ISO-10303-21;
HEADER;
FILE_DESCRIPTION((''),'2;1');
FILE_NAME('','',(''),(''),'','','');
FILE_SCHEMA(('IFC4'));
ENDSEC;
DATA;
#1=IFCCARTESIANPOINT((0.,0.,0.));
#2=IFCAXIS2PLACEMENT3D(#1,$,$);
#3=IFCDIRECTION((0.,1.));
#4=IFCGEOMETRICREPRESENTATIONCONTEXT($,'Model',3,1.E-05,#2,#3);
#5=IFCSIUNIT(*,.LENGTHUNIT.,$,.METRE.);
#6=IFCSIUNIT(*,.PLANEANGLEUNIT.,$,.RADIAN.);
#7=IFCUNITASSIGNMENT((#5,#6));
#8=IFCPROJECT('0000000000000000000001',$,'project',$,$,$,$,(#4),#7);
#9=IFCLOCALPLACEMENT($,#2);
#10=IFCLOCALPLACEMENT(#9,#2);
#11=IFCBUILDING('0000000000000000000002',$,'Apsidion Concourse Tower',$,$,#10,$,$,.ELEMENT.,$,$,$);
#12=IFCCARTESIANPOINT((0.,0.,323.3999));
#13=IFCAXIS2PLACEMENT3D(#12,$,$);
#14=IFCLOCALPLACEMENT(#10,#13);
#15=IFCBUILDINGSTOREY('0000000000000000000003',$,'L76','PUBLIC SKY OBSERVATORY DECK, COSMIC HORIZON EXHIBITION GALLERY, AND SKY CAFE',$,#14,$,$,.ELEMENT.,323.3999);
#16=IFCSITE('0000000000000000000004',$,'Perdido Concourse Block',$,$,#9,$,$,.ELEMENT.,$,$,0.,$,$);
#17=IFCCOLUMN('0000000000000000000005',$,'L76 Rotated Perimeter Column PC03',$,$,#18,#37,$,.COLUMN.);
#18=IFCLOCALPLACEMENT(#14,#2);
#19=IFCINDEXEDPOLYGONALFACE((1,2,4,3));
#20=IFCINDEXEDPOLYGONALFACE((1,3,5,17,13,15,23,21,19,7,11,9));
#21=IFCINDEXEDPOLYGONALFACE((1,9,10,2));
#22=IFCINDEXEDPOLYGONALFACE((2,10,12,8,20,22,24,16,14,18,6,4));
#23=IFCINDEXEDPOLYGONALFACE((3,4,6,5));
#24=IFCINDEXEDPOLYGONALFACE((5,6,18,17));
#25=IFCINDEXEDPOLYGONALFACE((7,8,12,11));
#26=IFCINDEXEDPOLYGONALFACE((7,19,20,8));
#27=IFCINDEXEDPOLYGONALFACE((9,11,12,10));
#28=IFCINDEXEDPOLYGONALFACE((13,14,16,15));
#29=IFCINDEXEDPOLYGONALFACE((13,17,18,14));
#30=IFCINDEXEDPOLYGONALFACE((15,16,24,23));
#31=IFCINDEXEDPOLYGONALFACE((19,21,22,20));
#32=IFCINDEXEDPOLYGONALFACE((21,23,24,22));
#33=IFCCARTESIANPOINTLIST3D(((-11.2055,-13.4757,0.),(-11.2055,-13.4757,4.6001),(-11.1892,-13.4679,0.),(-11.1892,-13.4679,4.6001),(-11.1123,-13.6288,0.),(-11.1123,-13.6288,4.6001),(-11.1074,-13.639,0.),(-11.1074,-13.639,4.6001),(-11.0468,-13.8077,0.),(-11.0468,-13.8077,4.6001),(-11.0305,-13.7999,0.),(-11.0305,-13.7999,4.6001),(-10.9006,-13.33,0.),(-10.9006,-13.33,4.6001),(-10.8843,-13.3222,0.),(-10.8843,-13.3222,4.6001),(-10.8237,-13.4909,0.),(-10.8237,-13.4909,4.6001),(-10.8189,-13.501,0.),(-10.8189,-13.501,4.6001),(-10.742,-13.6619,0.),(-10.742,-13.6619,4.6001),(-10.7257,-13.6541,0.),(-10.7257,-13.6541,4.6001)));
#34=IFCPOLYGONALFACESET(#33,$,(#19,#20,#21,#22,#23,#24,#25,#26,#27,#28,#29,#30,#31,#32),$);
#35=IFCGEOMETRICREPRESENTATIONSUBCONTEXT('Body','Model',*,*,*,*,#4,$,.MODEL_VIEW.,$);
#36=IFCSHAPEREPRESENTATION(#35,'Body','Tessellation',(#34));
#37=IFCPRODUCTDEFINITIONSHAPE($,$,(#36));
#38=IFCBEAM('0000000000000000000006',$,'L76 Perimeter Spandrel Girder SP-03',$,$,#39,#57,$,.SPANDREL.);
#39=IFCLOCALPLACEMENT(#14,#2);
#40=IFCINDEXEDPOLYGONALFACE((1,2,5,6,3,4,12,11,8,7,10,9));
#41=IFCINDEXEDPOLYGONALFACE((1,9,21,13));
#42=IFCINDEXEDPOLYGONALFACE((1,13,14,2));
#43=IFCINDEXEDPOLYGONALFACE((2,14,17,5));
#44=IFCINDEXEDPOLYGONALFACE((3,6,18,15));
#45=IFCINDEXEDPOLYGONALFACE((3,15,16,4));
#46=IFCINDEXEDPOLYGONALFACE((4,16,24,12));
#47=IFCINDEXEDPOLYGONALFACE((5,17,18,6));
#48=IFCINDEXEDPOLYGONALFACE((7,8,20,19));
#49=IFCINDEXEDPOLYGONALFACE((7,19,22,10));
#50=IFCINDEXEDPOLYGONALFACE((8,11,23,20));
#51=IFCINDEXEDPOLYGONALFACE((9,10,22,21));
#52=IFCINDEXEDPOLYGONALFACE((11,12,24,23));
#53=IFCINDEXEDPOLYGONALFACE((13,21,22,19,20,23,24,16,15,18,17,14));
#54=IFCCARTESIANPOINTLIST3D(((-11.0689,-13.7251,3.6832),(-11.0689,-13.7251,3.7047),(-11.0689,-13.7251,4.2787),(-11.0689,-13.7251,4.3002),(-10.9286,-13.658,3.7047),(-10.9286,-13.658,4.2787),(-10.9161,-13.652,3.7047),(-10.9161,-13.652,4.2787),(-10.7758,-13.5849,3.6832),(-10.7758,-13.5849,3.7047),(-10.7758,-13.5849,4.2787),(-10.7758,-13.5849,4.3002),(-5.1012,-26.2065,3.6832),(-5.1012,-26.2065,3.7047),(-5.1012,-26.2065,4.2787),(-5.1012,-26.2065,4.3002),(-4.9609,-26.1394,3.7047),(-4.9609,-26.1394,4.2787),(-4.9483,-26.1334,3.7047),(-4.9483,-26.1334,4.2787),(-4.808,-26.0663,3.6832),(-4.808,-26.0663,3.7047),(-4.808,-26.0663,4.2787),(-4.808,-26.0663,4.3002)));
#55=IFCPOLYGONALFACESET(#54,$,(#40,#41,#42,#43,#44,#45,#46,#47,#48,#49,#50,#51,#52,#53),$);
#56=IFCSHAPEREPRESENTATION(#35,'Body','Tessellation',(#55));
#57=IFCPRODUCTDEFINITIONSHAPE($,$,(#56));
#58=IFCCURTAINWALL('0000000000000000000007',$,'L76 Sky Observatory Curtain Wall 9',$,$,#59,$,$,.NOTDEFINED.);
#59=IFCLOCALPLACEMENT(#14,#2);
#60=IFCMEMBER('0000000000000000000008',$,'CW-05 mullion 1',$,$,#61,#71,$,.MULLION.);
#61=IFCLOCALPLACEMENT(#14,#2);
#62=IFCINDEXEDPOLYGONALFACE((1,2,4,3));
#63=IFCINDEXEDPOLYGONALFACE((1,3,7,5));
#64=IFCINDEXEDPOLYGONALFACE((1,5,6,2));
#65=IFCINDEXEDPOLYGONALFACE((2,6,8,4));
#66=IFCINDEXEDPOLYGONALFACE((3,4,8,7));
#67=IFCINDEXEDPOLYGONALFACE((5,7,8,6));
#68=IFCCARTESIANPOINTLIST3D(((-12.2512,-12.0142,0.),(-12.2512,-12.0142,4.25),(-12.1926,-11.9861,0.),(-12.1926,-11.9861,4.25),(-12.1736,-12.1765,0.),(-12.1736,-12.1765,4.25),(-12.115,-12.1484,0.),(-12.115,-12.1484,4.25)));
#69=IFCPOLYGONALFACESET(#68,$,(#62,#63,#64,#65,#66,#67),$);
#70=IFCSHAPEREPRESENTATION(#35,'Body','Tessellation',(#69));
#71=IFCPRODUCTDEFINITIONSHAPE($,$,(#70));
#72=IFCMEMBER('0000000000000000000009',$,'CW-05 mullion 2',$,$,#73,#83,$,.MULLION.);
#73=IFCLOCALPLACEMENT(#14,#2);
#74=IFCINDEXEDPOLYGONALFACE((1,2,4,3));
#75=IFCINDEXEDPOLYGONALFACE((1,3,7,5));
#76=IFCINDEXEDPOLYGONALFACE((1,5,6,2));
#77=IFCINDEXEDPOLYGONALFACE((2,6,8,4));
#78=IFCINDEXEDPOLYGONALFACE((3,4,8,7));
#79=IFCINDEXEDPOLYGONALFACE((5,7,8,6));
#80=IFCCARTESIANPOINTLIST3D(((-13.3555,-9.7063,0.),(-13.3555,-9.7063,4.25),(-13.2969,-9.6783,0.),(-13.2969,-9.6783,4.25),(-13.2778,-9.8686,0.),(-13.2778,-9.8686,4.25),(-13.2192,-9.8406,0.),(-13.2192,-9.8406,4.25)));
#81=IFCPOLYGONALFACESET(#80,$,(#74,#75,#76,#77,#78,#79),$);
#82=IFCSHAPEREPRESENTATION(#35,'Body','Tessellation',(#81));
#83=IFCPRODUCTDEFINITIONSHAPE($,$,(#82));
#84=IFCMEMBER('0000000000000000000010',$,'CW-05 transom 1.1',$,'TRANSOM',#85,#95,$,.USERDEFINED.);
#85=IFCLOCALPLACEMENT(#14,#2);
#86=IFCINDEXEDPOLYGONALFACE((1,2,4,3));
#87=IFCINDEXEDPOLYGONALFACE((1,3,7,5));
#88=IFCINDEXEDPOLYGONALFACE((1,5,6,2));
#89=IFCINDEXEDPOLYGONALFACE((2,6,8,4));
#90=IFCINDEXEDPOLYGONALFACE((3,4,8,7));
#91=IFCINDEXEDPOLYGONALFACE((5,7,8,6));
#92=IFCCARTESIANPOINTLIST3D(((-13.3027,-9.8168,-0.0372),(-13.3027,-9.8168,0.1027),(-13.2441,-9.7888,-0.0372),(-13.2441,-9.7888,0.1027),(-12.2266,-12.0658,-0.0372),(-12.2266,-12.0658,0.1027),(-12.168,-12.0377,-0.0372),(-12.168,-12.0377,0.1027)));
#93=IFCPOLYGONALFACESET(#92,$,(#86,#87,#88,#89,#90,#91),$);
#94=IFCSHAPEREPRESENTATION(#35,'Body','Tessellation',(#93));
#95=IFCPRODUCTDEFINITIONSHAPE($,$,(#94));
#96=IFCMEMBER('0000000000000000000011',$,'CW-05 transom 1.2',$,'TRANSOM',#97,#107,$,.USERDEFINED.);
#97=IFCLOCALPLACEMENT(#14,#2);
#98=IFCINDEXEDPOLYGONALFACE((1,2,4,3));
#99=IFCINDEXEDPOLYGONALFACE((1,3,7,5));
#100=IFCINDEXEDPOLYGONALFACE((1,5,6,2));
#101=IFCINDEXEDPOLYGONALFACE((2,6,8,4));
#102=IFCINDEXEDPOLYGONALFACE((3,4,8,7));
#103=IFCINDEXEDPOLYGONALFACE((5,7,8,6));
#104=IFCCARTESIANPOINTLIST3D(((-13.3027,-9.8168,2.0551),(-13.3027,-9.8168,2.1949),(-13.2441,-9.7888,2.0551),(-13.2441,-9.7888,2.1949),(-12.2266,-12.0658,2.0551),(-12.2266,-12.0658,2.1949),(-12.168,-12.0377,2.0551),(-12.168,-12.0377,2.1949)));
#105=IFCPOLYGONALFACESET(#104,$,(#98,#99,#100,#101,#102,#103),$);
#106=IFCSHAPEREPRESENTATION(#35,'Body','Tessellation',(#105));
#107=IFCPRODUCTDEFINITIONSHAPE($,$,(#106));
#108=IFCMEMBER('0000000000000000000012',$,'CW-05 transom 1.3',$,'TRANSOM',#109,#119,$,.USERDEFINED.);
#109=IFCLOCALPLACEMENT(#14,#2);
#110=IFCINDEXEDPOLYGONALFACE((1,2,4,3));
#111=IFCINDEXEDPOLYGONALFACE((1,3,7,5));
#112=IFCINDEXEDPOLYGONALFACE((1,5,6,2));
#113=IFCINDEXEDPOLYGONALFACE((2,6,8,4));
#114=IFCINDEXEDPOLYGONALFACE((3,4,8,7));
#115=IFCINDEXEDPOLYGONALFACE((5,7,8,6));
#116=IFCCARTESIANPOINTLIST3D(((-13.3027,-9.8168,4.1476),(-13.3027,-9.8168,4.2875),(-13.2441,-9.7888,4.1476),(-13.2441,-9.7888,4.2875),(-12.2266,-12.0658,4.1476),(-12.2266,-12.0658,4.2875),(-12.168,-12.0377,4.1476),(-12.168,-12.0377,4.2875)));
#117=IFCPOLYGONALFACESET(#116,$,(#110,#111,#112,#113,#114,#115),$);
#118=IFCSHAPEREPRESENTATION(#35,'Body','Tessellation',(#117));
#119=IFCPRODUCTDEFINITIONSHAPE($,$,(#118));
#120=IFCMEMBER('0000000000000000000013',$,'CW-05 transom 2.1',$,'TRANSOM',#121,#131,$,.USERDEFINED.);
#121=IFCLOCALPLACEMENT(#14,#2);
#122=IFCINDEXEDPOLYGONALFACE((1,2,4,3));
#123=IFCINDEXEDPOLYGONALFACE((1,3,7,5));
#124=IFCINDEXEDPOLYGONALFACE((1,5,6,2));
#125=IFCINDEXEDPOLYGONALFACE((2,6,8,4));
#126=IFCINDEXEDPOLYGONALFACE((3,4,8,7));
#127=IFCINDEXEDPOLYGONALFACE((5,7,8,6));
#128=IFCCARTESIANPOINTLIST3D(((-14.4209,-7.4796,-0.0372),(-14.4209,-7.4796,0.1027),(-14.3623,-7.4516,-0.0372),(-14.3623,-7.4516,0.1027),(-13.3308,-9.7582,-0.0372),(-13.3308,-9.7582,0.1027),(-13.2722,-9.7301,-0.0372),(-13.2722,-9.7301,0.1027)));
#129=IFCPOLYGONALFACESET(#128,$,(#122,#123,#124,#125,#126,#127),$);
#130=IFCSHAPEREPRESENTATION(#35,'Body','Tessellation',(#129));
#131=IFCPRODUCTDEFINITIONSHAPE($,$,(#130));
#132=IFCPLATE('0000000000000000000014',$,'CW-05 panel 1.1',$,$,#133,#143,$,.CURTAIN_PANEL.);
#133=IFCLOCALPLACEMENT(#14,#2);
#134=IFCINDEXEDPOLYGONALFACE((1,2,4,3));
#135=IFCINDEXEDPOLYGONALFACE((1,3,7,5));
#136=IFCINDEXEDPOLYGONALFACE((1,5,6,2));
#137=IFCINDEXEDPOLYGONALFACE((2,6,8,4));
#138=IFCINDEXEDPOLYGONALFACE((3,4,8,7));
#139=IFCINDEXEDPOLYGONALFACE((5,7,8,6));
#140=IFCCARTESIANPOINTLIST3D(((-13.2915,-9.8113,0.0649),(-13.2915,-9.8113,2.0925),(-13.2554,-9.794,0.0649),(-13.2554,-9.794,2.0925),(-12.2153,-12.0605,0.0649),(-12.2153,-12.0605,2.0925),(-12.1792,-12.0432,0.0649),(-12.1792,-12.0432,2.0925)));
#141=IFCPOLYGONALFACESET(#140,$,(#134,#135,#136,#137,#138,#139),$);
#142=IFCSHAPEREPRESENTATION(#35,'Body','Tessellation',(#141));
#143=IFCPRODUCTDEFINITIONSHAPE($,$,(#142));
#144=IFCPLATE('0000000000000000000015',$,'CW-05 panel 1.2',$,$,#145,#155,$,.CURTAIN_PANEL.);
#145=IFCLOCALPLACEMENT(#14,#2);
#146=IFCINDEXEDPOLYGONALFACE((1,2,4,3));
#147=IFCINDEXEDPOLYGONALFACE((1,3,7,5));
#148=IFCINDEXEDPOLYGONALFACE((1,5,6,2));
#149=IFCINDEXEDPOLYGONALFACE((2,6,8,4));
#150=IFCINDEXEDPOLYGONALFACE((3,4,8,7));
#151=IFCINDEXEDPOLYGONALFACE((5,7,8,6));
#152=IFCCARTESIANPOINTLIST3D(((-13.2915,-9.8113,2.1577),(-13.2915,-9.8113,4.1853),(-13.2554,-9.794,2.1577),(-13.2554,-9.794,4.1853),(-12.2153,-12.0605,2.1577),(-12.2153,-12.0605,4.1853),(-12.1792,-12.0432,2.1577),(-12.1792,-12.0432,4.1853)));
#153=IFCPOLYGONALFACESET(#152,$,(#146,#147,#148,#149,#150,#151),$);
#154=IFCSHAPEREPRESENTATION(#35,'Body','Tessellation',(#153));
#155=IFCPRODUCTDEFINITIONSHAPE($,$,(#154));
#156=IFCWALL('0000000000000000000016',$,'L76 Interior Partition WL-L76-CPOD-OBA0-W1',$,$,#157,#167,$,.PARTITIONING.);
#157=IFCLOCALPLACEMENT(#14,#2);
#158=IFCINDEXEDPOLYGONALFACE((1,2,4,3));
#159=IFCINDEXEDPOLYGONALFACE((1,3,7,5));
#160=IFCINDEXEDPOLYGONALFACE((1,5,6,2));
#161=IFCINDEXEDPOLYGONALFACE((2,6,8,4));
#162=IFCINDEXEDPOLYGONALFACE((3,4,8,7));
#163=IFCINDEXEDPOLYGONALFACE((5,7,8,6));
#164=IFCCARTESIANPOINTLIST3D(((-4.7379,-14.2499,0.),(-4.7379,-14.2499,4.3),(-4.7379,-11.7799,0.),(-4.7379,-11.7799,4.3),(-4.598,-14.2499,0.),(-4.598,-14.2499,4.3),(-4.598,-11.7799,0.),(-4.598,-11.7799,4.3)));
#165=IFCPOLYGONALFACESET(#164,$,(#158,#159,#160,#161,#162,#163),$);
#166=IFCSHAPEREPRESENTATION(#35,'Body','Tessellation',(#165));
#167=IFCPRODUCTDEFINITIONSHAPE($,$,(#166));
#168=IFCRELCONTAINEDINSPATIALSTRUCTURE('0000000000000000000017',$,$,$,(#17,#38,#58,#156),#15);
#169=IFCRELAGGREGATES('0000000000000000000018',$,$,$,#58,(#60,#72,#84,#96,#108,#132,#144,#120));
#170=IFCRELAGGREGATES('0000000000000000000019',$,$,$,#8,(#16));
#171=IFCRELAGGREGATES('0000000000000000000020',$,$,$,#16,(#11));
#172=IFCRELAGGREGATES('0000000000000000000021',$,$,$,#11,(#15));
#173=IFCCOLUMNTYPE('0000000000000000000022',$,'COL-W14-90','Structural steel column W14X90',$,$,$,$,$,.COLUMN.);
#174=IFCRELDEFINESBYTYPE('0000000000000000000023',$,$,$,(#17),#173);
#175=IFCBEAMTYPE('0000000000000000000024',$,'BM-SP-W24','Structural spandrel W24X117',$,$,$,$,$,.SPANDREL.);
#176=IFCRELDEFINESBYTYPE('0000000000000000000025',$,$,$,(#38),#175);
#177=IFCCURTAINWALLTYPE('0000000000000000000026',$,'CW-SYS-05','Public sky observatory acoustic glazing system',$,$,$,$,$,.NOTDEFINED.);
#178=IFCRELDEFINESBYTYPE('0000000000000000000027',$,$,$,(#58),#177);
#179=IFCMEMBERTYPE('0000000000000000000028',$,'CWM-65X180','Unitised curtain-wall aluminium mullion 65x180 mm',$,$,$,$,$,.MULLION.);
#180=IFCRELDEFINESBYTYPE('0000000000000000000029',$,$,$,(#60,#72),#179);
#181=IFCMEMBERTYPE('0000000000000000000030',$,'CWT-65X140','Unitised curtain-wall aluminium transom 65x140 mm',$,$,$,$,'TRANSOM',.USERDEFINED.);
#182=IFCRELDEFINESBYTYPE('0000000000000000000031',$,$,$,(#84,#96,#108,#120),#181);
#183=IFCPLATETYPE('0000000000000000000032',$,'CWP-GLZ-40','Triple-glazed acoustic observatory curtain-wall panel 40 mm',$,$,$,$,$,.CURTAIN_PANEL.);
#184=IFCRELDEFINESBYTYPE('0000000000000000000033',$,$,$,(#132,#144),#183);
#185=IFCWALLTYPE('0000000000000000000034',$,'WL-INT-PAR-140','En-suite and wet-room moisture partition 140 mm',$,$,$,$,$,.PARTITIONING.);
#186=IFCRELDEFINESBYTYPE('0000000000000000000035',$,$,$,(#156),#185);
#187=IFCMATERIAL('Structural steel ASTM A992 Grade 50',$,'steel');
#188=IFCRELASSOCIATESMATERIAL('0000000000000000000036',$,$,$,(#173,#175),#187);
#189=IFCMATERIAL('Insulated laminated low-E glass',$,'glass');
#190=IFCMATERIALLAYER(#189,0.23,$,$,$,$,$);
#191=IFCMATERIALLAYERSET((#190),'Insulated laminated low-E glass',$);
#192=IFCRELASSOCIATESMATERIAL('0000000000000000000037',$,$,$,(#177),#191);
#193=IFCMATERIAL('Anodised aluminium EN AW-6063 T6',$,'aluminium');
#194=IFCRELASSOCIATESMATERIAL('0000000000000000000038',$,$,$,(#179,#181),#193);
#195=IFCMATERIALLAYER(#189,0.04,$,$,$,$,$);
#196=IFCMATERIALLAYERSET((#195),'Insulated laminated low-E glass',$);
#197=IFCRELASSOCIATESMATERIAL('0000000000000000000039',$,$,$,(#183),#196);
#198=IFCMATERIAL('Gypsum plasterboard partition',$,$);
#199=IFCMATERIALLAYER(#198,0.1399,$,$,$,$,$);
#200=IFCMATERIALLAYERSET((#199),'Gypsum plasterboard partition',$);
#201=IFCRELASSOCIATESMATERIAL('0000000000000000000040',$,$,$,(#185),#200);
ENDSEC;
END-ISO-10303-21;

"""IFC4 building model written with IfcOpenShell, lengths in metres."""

from ifc_helpers import new_model, si_unit, direction, frame, frame_2d, origin, origin_2d, place, context, subcontext, project, spatial, rectangle, i_section, extrude, material, layer, layer_set, material_profile, profile_set, type_object, element, aggregate, save


model = new_model("IFC4")

# Units and contexts
model_context = context("Model", 3, precision=1e-05, world=origin(), true_north=direction((0.0, 1.0)))
body_context = subcontext(model_context, "Body", "Model", "MODEL_VIEW")
ifc_project = project(units=[si_unit("LENGTHUNIT", "METRE"), si_unit("PLANEANGLEUNIT", "RADIAN")], contexts=[model_context])

# Site, building, storey
site_placement = place(None, origin())
site = spatial("IfcSite", under=ifc_project, at=site_placement, Name="Perdido Concourse Block", CompositionType="ELEMENT", RefElevation=0.0)
building_placement = place(site_placement, origin())
building = spatial("IfcBuilding", under=site, at=building_placement, Name="Apsidion Concourse Tower", CompositionType="ELEMENT")
storey_placement = place(building_placement, frame((0.0, 0.0, 323.3999)))
storey = spatial("IfcBuildingStorey", under=building, at=storey_placement, Name="L76", Description="PUBLIC SKY OBSERVATORY DECK, COSMIC HORIZON EXHIBITION GALLERY, AND SKY CAFE", CompositionType="ELEMENT", Elevation=323.3999)

# Column
ifc_material_1 = material(Name="Structural steel ASTM A992 Grade 50", Category="steel")
ifc_material_profile_1 = material_profile(ifc_material_1, i_section(OverallWidth=0.3679, OverallDepth=0.356, WebThickness=0.0112, FlangeThickness=0.0181, at=origin_2d()), Name="W14X90")
ifc_profile_set_1 = profile_set([ifc_material_profile_1], Name="Structural steel ASTM A992 Grade 50")
column_type = type_object("IfcColumnType", Name="COL-W14-90", Description="Structural steel column W14X90", PredefinedType="COLUMN", material=ifc_profile_set_1)
column_placement = place(storey_placement, frame((-10.9656, -13.5649, 0.0), z_axis=(0.0, 0.0, 1.0), x_axis=(-0.431299, 0.902209, 0.0)))
element("IfcColumn", 1, at=column_placement, inside=storey, type_object=column_type, Name="L76 Rotated Perimeter Column PC03", PredefinedType="COLUMN", context=body_context, shape_type="SweptSolid", body=[
    extrude(i_section(OverallWidth=0.3679, OverallDepth=0.356, WebThickness=0.0112, FlangeThickness=0.0181, at=origin_2d()), origin(), (0.0, 0.0, 1.0), 4.6001),
])

# Beam
ifc_material_profile_2 = material_profile(ifc_material_1, i_section(OverallWidth=0.325, OverallDepth=0.6169, WebThickness=0.0139, FlangeThickness=0.0215, at=origin_2d()), Name="W24X117")
ifc_profile_set_2 = profile_set([ifc_material_profile_2], Name="Structural steel ASTM A992 Grade 50")
beam_type = type_object("IfcBeamType", Name="BM-SP-W24", Description="Structural spandrel W24X117", PredefinedType="SPANDREL", material=ifc_profile_set_2)
beam_placement = place(storey_placement, frame((-10.9224, -13.655, 3.9917), z_axis=(0.431361, -0.90218, 0.0), x_axis=(0.90218, 0.431361, 0.0)))
element("IfcBeam", 2, at=beam_placement, inside=storey, type_object=beam_type, Name="L76 Perimeter Spandrel Girder SP-03", PredefinedType="SPANDREL", context=body_context, shape_type="SweptSolid", body=[
    extrude(i_section(OverallWidth=0.325, OverallDepth=0.6169, WebThickness=0.0139, FlangeThickness=0.0215, at=origin_2d()), origin(), (0.0, 0.0, 1.0), 13.8347),
])

# Curtain wall, members, plates
ifc_material_2 = material(Name="Insulated laminated low-E glass", Category="glass")
ifc_layer_1 = layer(ifc_material_2, 0.23)
ifc_layer_set_1 = layer_set([ifc_layer_1], Name="Insulated laminated low-E glass")
curtain_wall_type = type_object("IfcCurtainWallType", Name="CW-SYS-05", Description="Public sky observatory acoustic glazing system", PredefinedType="NOTDEFINED", material=ifc_layer_set_1)
curtain_wall_placement = place(storey_placement, origin())
curtain_wall = element("IfcCurtainWall", 3, at=curtain_wall_placement, inside=storey, type_object=curtain_wall_type, Name="L76 Sky Observatory Curtain Wall 9", PredefinedType="NOTDEFINED")
ifc_material_3 = material(Name="Anodised aluminium EN AW-6063 T6", Category="aluminium")
ifc_material_profile_3 = material_profile(ifc_material_3, rectangle(XDim=0.0649, YDim=0.1799, at=origin_2d()), Name="ALU MULLION 65x180")
ifc_profile_set_3 = profile_set([ifc_material_profile_3], Name="Anodised aluminium EN AW-6063 T6")
member_type_1 = type_object("IfcMemberType", Name="CWM-65X180", Description="Unitised curtain-wall aluminium mullion 65x180 mm", PredefinedType="MULLION", material=ifc_profile_set_3)
member_1_placement = place(storey_placement, frame((-12.1831, -12.0813, 0.0), z_axis=(0.0, 0.0, 1.0), x_axis=(-0.902068, -0.431595, 0.0)))
member_1 = element("IfcMember", 4, at=member_1_placement, type_object=member_type_1, Name="CW-05 mullion 1", PredefinedType="MULLION", context=body_context, shape_type="SweptSolid", body=[
    extrude(rectangle(XDim=0.0649, YDim=0.1799, at=origin_2d()), origin(), (0.0, 0.0, 1.0), 4.25),
])
member_2_placement = place(storey_placement, frame((-13.2874, -9.7734, 0.0), z_axis=(0.0, 0.0, 1.0), x_axis=(-0.902068, -0.431595, 0.0)))
member_2 = element("IfcMember", 5, at=member_2_placement, type_object=member_type_1, Name="CW-05 mullion 2", PredefinedType="MULLION", context=body_context, shape_type="SweptSolid", body=[
    extrude(rectangle(XDim=0.0649, YDim=0.1799, at=origin_2d()), origin(), (0.0, 0.0, 1.0), 4.25),
])
ifc_material_profile_4 = material_profile(ifc_material_3, rectangle(XDim=0.0649, YDim=0.1399, at=origin_2d()), Name="ALU TRANSOM 65x140")
ifc_profile_set_4 = profile_set([ifc_material_profile_4], Name="Anodised aluminium EN AW-6063 T6")
member_type_2 = type_object("IfcMemberType", Name="CWT-65X140", Description="Unitised curtain-wall aluminium transom 65x140 mm", ElementType="TRANSOM", PredefinedType="USERDEFINED", material=ifc_profile_set_4)
member_3_placement = place(storey_placement, frame((-12.1973, -12.0518, 0.0327), z_axis=(-0.431636, 0.902048, 0.0), x_axis=(-0.902048, -0.431636, 0.0)))
member_3 = element("IfcMember", 6, at=member_3_placement, type_object=member_type_2, Name="CW-05 transom 1.1", ObjectType="TRANSOM", PredefinedType="USERDEFINED", context=body_context, shape_type="SweptSolid", body=[
    extrude(rectangle(XDim=0.0649, YDim=0.1399, at=origin_2d()), origin(), (0.0, 0.0, 1.0), 2.4932),
])
member_4_placement = place(storey_placement, frame((-12.1973, -12.0518, 2.125), z_axis=(-0.431636, 0.902048, 0.0), x_axis=(-0.902048, -0.431636, 0.0)))
member_4 = element("IfcMember", 7, at=member_4_placement, type_object=member_type_2, Name="CW-05 transom 1.2", ObjectType="TRANSOM", PredefinedType="USERDEFINED", context=body_context, shape_type="SweptSolid", body=[
    extrude(rectangle(XDim=0.0649, YDim=0.1399, at=origin_2d()), origin(), (0.0, 0.0, 1.0), 2.4932),
])
member_5_placement = place(storey_placement, frame((-12.1973, -12.0518, 4.2175), z_axis=(-0.431636, 0.902048, 0.0), x_axis=(-0.902048, -0.431636, 0.0)))
member_5 = element("IfcMember", 8, at=member_5_placement, type_object=member_type_2, Name="CW-05 transom 1.3", ObjectType="TRANSOM", PredefinedType="USERDEFINED", context=body_context, shape_type="SweptSolid", body=[
    extrude(rectangle(XDim=0.0649, YDim=0.1399, at=origin_2d()), origin(), (0.0, 0.0, 1.0), 2.4932),
])
member_6_placement = place(storey_placement, frame((-13.3015, -9.7441, 0.0327), z_axis=(-0.431565, 0.902082, 0.0), x_axis=(-0.902082, -0.431565, 0.0)))
member_6 = element("IfcMember", 9, at=member_6_placement, type_object=member_type_2, Name="CW-05 transom 2.1", ObjectType="TRANSOM", PredefinedType="USERDEFINED", context=body_context, shape_type="SweptSolid", body=[
    extrude(rectangle(XDim=0.0649, YDim=0.1399, at=origin_2d()), origin(), (0.0, 0.0, 1.0), 2.5259),
])
ifc_layer_2 = layer(ifc_material_2, 0.04)
ifc_layer_set_2 = layer_set([ifc_layer_2], Name="Insulated laminated low-E glass")
plate_type = type_object("IfcPlateType", Name="CWP-GLZ-40", Description="Triple-glazed acoustic observatory curtain-wall panel 40 mm", PredefinedType="CURTAIN_PANEL", material=ifc_layer_set_2)
plate_1_placement = place(storey_placement, frame((-12.7354, -10.9272, 0.0649), z_axis=(0.0, 0.0, 1.0), x_axis=(-0.431595, 0.902068, 0.0)))
plate_1 = element("IfcPlate", 10, at=plate_1_placement, type_object=plate_type, Name="CW-05 panel 1.1", PredefinedType="CURTAIN_PANEL", context=body_context, shape_type="SweptSolid", body=[
    extrude(rectangle(XDim=2.4934, YDim=0.04, at=origin_2d()), origin(), (0.0, 0.0, 1.0), 2.0276),
])
plate_2_placement = place(storey_placement, frame((-12.7354, -10.9272, 2.1577), z_axis=(0.0, 0.0, 1.0), x_axis=(-0.431595, 0.902068, 0.0)))
plate_2 = element("IfcPlate", 11, at=plate_2_placement, type_object=plate_type, Name="CW-05 panel 1.2", PredefinedType="CURTAIN_PANEL", context=body_context, shape_type="SweptSolid", body=[
    extrude(rectangle(XDim=2.4934, YDim=0.04, at=origin_2d()), origin(), (0.0, 0.0, 1.0), 2.0276),
])
aggregate(curtain_wall, [member_1, member_2, member_3, member_4, member_5, plate_1, plate_2, member_6])

# Wall
ifc_material_4 = material(Name="Gypsum plasterboard partition")
ifc_layer_3 = layer(ifc_material_4, 0.1399)
ifc_layer_set_3 = layer_set([ifc_layer_3], Name="Gypsum plasterboard partition")
wall_type_1 = type_object("IfcWallType", Name="WL-INT-PAR-140", Description="En-suite and wet-room moisture partition 140 mm", PredefinedType="PARTITIONING", material=ifc_layer_set_3)
wall_1_placement = place(storey_placement, frame((-4.668, -11.78, 0.0), z_axis=(0.0, 0.0, 1.0), x_axis=(0.0, -1.0, 0.0)))
element("IfcWall", 12, at=wall_1_placement, inside=storey, type_object=wall_type_1, Name="L76 Interior Partition WL-L76-CPOD-OBA0-W1", PredefinedType="PARTITIONING", context=body_context, shape_type="SweptSolid", body=[
    extrude(rectangle(XDim=2.47, YDim=0.1399, at=frame_2d((1.2349, 0.0))), origin(), (0.0, 0.0, 1.0), 4.3),
])

save(model, "model.ifc")
